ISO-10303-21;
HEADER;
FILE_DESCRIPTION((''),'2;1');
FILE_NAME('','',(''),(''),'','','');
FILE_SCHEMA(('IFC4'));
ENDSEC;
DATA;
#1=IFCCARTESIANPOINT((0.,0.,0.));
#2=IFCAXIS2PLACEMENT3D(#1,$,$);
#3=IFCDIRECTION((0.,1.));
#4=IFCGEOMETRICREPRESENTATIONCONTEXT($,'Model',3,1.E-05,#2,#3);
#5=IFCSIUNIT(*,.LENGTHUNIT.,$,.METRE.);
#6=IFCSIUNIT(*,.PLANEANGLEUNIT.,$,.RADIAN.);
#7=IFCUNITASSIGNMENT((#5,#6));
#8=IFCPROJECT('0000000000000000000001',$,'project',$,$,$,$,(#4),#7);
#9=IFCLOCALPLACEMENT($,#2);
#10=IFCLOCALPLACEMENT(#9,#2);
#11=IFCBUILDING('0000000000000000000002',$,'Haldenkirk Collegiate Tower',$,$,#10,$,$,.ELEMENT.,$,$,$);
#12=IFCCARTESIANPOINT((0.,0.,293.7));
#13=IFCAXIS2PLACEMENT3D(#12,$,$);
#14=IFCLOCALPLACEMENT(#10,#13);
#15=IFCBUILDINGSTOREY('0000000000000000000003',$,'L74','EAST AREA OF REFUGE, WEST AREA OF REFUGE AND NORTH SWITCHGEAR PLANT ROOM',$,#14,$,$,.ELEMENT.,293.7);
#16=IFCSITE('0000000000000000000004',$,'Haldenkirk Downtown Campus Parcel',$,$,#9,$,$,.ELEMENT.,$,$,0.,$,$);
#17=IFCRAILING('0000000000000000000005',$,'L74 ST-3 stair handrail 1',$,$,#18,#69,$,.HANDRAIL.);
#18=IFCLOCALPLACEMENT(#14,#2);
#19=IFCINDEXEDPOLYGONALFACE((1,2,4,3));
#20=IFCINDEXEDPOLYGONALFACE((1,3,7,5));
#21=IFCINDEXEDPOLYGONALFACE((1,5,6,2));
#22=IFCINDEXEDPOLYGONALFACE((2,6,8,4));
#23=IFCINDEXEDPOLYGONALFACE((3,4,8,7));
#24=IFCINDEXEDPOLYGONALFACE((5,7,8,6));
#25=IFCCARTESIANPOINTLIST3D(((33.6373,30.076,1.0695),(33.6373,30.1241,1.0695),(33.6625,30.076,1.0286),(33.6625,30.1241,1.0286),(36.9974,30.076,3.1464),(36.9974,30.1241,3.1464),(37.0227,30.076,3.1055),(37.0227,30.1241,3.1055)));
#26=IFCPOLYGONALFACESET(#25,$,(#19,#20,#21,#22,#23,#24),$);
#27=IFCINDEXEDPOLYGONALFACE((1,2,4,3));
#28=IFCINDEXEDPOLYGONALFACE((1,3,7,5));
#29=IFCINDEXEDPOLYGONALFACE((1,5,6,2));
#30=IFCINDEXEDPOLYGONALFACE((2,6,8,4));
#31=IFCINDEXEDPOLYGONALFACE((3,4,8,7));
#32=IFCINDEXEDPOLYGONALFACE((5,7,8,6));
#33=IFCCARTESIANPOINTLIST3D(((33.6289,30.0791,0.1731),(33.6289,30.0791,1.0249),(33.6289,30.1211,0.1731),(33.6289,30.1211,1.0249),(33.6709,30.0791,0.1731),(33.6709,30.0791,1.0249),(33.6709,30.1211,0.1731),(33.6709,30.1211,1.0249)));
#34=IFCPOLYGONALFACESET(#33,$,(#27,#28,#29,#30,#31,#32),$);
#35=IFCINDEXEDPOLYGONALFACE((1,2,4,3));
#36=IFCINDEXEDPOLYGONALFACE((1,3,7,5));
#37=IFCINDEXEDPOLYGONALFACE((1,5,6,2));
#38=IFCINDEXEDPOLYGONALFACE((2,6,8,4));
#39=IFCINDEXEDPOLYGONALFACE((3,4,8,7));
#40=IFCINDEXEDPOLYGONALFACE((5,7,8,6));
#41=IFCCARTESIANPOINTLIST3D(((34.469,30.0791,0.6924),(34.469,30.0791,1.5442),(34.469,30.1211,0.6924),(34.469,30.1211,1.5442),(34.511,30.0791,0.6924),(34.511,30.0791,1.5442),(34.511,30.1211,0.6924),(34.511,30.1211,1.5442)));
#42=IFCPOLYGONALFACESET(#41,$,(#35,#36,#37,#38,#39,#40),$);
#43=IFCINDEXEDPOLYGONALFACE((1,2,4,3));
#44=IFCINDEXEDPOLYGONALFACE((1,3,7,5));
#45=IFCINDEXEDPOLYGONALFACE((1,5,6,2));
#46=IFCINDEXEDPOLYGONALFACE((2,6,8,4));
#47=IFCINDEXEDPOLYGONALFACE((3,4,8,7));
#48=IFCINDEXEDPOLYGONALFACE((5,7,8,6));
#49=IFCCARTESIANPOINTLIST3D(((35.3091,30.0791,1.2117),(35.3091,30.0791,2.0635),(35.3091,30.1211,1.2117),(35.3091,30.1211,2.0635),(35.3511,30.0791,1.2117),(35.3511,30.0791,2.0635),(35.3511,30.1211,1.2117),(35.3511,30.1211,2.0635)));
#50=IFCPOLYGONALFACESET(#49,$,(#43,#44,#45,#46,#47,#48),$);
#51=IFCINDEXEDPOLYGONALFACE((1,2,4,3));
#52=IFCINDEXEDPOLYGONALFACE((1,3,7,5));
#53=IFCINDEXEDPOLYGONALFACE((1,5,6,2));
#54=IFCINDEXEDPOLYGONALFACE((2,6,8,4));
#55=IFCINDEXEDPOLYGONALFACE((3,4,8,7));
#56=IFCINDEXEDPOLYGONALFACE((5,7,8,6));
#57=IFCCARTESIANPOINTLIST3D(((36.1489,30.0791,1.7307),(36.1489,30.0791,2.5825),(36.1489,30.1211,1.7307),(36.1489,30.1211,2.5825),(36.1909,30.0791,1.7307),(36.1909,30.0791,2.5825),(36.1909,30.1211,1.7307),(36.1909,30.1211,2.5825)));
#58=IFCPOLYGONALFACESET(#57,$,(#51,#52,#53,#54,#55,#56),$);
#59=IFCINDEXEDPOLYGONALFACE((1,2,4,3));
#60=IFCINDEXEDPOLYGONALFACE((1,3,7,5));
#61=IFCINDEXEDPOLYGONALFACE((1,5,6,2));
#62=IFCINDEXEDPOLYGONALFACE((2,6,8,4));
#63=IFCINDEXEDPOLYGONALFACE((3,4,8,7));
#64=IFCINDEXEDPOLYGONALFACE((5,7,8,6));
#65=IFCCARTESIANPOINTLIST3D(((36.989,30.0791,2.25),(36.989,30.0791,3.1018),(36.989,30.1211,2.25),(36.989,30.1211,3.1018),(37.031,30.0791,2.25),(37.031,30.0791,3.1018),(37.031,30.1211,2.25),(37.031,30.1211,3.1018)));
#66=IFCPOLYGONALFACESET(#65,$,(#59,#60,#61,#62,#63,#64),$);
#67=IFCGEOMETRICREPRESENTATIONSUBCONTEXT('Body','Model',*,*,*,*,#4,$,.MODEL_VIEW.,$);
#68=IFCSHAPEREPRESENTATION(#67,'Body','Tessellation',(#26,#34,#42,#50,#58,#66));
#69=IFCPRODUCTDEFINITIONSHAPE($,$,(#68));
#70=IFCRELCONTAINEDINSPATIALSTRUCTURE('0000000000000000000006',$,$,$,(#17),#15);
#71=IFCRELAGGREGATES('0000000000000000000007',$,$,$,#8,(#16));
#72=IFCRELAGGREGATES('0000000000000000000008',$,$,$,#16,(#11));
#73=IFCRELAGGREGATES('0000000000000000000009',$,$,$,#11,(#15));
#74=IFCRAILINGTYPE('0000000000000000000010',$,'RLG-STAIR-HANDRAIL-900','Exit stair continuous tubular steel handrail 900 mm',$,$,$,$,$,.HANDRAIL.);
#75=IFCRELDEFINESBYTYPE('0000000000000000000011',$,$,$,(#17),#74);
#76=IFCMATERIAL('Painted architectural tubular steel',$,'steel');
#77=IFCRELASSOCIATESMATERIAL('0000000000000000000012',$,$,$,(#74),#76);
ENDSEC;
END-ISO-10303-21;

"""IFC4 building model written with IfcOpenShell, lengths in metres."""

from ifc_helpers import new_model, si_unit, direction, frame, origin, origin_2d, place, context, subcontext, project, spatial, rectangle, extrude, material, type_object, element, save


model = new_model("IFC4")

# Units and contexts
model_context = context("Model", 3, precision=1e-05, world=origin(), true_north=direction((0.0, 1.0)))
body_context = subcontext(model_context, "Body", "Model", "MODEL_VIEW")
ifc_project = project(units=[si_unit("LENGTHUNIT", "METRE"), si_unit("PLANEANGLEUNIT", "RADIAN")], contexts=[model_context])

# Site, building, storey
site_placement = place(None, origin())
site = spatial("IfcSite", under=ifc_project, at=site_placement, Name="Haldenkirk Downtown Campus Parcel", CompositionType="ELEMENT", RefElevation=0.0)
building_placement = place(site_placement, origin())
building = spatial("IfcBuilding", under=site, at=building_placement, Name="Haldenkirk Collegiate Tower", CompositionType="ELEMENT")
storey_placement = place(building_placement, frame((0.0, 0.0, 293.7)))
storey = spatial("IfcBuildingStorey", under=building, at=storey_placement, Name="L74", Description="EAST AREA OF REFUGE, WEST AREA OF REFUGE AND NORTH SWITCHGEAR PLANT ROOM", CompositionType="ELEMENT", Elevation=293.7)

# Railing
ifc_material_1 = material(Name="Painted architectural tubular steel", Category="steel")
railing_type_1 = type_object("IfcRailingType", Name="RLG-STAIR-HANDRAIL-900", Description="Exit stair continuous tubular steel handrail 900 mm", PredefinedType="HANDRAIL", material=ifc_material_1)
railing_1_placement = place(storey_placement, frame((33.6499, 30.1001, 0.1731)))
element("IfcRailing", 1, at=railing_1_placement, inside=storey, type_object=railing_type_1, Name="L74 ST-3 stair handrail 1", PredefinedType="HANDRAIL", context=body_context, shape_type="SweptSolid", body=[
    extrude(rectangle(XDim=0.0481, YDim=0.0481, at=origin_2d()), frame((0.0, 0.0, 0.876), z_axis=(0.850623, 0.0, 0.525776), x_axis=(0.0, 1.0, 0.0)), (0.0, 0.0, 1.0), 3.9502),
    extrude(rectangle(XDim=0.042, YDim=0.042, at=origin_2d()), origin(), (0.0, 0.0, 1.0), 0.8518),
    extrude(rectangle(XDim=0.042, YDim=0.042, at=origin_2d()), frame((0.8401, 0.0, 0.5193)), (0.0, 0.0, 1.0), 0.8518),
    extrude(rectangle(XDim=0.042, YDim=0.042, at=origin_2d()), frame((1.6802, 0.0, 1.0386)), (0.0, 0.0, 1.0), 0.8518),
    extrude(rectangle(XDim=0.042, YDim=0.042, at=origin_2d()), frame((2.52, 0.0, 1.5576)), (0.0, 0.0, 1.0), 0.8518),
    extrude(rectangle(XDim=0.042, YDim=0.042, at=origin_2d()), frame((3.3601, 0.0, 2.0769)), (0.0, 0.0, 1.0), 0.8518),
])

save(model, "model.ifc")
